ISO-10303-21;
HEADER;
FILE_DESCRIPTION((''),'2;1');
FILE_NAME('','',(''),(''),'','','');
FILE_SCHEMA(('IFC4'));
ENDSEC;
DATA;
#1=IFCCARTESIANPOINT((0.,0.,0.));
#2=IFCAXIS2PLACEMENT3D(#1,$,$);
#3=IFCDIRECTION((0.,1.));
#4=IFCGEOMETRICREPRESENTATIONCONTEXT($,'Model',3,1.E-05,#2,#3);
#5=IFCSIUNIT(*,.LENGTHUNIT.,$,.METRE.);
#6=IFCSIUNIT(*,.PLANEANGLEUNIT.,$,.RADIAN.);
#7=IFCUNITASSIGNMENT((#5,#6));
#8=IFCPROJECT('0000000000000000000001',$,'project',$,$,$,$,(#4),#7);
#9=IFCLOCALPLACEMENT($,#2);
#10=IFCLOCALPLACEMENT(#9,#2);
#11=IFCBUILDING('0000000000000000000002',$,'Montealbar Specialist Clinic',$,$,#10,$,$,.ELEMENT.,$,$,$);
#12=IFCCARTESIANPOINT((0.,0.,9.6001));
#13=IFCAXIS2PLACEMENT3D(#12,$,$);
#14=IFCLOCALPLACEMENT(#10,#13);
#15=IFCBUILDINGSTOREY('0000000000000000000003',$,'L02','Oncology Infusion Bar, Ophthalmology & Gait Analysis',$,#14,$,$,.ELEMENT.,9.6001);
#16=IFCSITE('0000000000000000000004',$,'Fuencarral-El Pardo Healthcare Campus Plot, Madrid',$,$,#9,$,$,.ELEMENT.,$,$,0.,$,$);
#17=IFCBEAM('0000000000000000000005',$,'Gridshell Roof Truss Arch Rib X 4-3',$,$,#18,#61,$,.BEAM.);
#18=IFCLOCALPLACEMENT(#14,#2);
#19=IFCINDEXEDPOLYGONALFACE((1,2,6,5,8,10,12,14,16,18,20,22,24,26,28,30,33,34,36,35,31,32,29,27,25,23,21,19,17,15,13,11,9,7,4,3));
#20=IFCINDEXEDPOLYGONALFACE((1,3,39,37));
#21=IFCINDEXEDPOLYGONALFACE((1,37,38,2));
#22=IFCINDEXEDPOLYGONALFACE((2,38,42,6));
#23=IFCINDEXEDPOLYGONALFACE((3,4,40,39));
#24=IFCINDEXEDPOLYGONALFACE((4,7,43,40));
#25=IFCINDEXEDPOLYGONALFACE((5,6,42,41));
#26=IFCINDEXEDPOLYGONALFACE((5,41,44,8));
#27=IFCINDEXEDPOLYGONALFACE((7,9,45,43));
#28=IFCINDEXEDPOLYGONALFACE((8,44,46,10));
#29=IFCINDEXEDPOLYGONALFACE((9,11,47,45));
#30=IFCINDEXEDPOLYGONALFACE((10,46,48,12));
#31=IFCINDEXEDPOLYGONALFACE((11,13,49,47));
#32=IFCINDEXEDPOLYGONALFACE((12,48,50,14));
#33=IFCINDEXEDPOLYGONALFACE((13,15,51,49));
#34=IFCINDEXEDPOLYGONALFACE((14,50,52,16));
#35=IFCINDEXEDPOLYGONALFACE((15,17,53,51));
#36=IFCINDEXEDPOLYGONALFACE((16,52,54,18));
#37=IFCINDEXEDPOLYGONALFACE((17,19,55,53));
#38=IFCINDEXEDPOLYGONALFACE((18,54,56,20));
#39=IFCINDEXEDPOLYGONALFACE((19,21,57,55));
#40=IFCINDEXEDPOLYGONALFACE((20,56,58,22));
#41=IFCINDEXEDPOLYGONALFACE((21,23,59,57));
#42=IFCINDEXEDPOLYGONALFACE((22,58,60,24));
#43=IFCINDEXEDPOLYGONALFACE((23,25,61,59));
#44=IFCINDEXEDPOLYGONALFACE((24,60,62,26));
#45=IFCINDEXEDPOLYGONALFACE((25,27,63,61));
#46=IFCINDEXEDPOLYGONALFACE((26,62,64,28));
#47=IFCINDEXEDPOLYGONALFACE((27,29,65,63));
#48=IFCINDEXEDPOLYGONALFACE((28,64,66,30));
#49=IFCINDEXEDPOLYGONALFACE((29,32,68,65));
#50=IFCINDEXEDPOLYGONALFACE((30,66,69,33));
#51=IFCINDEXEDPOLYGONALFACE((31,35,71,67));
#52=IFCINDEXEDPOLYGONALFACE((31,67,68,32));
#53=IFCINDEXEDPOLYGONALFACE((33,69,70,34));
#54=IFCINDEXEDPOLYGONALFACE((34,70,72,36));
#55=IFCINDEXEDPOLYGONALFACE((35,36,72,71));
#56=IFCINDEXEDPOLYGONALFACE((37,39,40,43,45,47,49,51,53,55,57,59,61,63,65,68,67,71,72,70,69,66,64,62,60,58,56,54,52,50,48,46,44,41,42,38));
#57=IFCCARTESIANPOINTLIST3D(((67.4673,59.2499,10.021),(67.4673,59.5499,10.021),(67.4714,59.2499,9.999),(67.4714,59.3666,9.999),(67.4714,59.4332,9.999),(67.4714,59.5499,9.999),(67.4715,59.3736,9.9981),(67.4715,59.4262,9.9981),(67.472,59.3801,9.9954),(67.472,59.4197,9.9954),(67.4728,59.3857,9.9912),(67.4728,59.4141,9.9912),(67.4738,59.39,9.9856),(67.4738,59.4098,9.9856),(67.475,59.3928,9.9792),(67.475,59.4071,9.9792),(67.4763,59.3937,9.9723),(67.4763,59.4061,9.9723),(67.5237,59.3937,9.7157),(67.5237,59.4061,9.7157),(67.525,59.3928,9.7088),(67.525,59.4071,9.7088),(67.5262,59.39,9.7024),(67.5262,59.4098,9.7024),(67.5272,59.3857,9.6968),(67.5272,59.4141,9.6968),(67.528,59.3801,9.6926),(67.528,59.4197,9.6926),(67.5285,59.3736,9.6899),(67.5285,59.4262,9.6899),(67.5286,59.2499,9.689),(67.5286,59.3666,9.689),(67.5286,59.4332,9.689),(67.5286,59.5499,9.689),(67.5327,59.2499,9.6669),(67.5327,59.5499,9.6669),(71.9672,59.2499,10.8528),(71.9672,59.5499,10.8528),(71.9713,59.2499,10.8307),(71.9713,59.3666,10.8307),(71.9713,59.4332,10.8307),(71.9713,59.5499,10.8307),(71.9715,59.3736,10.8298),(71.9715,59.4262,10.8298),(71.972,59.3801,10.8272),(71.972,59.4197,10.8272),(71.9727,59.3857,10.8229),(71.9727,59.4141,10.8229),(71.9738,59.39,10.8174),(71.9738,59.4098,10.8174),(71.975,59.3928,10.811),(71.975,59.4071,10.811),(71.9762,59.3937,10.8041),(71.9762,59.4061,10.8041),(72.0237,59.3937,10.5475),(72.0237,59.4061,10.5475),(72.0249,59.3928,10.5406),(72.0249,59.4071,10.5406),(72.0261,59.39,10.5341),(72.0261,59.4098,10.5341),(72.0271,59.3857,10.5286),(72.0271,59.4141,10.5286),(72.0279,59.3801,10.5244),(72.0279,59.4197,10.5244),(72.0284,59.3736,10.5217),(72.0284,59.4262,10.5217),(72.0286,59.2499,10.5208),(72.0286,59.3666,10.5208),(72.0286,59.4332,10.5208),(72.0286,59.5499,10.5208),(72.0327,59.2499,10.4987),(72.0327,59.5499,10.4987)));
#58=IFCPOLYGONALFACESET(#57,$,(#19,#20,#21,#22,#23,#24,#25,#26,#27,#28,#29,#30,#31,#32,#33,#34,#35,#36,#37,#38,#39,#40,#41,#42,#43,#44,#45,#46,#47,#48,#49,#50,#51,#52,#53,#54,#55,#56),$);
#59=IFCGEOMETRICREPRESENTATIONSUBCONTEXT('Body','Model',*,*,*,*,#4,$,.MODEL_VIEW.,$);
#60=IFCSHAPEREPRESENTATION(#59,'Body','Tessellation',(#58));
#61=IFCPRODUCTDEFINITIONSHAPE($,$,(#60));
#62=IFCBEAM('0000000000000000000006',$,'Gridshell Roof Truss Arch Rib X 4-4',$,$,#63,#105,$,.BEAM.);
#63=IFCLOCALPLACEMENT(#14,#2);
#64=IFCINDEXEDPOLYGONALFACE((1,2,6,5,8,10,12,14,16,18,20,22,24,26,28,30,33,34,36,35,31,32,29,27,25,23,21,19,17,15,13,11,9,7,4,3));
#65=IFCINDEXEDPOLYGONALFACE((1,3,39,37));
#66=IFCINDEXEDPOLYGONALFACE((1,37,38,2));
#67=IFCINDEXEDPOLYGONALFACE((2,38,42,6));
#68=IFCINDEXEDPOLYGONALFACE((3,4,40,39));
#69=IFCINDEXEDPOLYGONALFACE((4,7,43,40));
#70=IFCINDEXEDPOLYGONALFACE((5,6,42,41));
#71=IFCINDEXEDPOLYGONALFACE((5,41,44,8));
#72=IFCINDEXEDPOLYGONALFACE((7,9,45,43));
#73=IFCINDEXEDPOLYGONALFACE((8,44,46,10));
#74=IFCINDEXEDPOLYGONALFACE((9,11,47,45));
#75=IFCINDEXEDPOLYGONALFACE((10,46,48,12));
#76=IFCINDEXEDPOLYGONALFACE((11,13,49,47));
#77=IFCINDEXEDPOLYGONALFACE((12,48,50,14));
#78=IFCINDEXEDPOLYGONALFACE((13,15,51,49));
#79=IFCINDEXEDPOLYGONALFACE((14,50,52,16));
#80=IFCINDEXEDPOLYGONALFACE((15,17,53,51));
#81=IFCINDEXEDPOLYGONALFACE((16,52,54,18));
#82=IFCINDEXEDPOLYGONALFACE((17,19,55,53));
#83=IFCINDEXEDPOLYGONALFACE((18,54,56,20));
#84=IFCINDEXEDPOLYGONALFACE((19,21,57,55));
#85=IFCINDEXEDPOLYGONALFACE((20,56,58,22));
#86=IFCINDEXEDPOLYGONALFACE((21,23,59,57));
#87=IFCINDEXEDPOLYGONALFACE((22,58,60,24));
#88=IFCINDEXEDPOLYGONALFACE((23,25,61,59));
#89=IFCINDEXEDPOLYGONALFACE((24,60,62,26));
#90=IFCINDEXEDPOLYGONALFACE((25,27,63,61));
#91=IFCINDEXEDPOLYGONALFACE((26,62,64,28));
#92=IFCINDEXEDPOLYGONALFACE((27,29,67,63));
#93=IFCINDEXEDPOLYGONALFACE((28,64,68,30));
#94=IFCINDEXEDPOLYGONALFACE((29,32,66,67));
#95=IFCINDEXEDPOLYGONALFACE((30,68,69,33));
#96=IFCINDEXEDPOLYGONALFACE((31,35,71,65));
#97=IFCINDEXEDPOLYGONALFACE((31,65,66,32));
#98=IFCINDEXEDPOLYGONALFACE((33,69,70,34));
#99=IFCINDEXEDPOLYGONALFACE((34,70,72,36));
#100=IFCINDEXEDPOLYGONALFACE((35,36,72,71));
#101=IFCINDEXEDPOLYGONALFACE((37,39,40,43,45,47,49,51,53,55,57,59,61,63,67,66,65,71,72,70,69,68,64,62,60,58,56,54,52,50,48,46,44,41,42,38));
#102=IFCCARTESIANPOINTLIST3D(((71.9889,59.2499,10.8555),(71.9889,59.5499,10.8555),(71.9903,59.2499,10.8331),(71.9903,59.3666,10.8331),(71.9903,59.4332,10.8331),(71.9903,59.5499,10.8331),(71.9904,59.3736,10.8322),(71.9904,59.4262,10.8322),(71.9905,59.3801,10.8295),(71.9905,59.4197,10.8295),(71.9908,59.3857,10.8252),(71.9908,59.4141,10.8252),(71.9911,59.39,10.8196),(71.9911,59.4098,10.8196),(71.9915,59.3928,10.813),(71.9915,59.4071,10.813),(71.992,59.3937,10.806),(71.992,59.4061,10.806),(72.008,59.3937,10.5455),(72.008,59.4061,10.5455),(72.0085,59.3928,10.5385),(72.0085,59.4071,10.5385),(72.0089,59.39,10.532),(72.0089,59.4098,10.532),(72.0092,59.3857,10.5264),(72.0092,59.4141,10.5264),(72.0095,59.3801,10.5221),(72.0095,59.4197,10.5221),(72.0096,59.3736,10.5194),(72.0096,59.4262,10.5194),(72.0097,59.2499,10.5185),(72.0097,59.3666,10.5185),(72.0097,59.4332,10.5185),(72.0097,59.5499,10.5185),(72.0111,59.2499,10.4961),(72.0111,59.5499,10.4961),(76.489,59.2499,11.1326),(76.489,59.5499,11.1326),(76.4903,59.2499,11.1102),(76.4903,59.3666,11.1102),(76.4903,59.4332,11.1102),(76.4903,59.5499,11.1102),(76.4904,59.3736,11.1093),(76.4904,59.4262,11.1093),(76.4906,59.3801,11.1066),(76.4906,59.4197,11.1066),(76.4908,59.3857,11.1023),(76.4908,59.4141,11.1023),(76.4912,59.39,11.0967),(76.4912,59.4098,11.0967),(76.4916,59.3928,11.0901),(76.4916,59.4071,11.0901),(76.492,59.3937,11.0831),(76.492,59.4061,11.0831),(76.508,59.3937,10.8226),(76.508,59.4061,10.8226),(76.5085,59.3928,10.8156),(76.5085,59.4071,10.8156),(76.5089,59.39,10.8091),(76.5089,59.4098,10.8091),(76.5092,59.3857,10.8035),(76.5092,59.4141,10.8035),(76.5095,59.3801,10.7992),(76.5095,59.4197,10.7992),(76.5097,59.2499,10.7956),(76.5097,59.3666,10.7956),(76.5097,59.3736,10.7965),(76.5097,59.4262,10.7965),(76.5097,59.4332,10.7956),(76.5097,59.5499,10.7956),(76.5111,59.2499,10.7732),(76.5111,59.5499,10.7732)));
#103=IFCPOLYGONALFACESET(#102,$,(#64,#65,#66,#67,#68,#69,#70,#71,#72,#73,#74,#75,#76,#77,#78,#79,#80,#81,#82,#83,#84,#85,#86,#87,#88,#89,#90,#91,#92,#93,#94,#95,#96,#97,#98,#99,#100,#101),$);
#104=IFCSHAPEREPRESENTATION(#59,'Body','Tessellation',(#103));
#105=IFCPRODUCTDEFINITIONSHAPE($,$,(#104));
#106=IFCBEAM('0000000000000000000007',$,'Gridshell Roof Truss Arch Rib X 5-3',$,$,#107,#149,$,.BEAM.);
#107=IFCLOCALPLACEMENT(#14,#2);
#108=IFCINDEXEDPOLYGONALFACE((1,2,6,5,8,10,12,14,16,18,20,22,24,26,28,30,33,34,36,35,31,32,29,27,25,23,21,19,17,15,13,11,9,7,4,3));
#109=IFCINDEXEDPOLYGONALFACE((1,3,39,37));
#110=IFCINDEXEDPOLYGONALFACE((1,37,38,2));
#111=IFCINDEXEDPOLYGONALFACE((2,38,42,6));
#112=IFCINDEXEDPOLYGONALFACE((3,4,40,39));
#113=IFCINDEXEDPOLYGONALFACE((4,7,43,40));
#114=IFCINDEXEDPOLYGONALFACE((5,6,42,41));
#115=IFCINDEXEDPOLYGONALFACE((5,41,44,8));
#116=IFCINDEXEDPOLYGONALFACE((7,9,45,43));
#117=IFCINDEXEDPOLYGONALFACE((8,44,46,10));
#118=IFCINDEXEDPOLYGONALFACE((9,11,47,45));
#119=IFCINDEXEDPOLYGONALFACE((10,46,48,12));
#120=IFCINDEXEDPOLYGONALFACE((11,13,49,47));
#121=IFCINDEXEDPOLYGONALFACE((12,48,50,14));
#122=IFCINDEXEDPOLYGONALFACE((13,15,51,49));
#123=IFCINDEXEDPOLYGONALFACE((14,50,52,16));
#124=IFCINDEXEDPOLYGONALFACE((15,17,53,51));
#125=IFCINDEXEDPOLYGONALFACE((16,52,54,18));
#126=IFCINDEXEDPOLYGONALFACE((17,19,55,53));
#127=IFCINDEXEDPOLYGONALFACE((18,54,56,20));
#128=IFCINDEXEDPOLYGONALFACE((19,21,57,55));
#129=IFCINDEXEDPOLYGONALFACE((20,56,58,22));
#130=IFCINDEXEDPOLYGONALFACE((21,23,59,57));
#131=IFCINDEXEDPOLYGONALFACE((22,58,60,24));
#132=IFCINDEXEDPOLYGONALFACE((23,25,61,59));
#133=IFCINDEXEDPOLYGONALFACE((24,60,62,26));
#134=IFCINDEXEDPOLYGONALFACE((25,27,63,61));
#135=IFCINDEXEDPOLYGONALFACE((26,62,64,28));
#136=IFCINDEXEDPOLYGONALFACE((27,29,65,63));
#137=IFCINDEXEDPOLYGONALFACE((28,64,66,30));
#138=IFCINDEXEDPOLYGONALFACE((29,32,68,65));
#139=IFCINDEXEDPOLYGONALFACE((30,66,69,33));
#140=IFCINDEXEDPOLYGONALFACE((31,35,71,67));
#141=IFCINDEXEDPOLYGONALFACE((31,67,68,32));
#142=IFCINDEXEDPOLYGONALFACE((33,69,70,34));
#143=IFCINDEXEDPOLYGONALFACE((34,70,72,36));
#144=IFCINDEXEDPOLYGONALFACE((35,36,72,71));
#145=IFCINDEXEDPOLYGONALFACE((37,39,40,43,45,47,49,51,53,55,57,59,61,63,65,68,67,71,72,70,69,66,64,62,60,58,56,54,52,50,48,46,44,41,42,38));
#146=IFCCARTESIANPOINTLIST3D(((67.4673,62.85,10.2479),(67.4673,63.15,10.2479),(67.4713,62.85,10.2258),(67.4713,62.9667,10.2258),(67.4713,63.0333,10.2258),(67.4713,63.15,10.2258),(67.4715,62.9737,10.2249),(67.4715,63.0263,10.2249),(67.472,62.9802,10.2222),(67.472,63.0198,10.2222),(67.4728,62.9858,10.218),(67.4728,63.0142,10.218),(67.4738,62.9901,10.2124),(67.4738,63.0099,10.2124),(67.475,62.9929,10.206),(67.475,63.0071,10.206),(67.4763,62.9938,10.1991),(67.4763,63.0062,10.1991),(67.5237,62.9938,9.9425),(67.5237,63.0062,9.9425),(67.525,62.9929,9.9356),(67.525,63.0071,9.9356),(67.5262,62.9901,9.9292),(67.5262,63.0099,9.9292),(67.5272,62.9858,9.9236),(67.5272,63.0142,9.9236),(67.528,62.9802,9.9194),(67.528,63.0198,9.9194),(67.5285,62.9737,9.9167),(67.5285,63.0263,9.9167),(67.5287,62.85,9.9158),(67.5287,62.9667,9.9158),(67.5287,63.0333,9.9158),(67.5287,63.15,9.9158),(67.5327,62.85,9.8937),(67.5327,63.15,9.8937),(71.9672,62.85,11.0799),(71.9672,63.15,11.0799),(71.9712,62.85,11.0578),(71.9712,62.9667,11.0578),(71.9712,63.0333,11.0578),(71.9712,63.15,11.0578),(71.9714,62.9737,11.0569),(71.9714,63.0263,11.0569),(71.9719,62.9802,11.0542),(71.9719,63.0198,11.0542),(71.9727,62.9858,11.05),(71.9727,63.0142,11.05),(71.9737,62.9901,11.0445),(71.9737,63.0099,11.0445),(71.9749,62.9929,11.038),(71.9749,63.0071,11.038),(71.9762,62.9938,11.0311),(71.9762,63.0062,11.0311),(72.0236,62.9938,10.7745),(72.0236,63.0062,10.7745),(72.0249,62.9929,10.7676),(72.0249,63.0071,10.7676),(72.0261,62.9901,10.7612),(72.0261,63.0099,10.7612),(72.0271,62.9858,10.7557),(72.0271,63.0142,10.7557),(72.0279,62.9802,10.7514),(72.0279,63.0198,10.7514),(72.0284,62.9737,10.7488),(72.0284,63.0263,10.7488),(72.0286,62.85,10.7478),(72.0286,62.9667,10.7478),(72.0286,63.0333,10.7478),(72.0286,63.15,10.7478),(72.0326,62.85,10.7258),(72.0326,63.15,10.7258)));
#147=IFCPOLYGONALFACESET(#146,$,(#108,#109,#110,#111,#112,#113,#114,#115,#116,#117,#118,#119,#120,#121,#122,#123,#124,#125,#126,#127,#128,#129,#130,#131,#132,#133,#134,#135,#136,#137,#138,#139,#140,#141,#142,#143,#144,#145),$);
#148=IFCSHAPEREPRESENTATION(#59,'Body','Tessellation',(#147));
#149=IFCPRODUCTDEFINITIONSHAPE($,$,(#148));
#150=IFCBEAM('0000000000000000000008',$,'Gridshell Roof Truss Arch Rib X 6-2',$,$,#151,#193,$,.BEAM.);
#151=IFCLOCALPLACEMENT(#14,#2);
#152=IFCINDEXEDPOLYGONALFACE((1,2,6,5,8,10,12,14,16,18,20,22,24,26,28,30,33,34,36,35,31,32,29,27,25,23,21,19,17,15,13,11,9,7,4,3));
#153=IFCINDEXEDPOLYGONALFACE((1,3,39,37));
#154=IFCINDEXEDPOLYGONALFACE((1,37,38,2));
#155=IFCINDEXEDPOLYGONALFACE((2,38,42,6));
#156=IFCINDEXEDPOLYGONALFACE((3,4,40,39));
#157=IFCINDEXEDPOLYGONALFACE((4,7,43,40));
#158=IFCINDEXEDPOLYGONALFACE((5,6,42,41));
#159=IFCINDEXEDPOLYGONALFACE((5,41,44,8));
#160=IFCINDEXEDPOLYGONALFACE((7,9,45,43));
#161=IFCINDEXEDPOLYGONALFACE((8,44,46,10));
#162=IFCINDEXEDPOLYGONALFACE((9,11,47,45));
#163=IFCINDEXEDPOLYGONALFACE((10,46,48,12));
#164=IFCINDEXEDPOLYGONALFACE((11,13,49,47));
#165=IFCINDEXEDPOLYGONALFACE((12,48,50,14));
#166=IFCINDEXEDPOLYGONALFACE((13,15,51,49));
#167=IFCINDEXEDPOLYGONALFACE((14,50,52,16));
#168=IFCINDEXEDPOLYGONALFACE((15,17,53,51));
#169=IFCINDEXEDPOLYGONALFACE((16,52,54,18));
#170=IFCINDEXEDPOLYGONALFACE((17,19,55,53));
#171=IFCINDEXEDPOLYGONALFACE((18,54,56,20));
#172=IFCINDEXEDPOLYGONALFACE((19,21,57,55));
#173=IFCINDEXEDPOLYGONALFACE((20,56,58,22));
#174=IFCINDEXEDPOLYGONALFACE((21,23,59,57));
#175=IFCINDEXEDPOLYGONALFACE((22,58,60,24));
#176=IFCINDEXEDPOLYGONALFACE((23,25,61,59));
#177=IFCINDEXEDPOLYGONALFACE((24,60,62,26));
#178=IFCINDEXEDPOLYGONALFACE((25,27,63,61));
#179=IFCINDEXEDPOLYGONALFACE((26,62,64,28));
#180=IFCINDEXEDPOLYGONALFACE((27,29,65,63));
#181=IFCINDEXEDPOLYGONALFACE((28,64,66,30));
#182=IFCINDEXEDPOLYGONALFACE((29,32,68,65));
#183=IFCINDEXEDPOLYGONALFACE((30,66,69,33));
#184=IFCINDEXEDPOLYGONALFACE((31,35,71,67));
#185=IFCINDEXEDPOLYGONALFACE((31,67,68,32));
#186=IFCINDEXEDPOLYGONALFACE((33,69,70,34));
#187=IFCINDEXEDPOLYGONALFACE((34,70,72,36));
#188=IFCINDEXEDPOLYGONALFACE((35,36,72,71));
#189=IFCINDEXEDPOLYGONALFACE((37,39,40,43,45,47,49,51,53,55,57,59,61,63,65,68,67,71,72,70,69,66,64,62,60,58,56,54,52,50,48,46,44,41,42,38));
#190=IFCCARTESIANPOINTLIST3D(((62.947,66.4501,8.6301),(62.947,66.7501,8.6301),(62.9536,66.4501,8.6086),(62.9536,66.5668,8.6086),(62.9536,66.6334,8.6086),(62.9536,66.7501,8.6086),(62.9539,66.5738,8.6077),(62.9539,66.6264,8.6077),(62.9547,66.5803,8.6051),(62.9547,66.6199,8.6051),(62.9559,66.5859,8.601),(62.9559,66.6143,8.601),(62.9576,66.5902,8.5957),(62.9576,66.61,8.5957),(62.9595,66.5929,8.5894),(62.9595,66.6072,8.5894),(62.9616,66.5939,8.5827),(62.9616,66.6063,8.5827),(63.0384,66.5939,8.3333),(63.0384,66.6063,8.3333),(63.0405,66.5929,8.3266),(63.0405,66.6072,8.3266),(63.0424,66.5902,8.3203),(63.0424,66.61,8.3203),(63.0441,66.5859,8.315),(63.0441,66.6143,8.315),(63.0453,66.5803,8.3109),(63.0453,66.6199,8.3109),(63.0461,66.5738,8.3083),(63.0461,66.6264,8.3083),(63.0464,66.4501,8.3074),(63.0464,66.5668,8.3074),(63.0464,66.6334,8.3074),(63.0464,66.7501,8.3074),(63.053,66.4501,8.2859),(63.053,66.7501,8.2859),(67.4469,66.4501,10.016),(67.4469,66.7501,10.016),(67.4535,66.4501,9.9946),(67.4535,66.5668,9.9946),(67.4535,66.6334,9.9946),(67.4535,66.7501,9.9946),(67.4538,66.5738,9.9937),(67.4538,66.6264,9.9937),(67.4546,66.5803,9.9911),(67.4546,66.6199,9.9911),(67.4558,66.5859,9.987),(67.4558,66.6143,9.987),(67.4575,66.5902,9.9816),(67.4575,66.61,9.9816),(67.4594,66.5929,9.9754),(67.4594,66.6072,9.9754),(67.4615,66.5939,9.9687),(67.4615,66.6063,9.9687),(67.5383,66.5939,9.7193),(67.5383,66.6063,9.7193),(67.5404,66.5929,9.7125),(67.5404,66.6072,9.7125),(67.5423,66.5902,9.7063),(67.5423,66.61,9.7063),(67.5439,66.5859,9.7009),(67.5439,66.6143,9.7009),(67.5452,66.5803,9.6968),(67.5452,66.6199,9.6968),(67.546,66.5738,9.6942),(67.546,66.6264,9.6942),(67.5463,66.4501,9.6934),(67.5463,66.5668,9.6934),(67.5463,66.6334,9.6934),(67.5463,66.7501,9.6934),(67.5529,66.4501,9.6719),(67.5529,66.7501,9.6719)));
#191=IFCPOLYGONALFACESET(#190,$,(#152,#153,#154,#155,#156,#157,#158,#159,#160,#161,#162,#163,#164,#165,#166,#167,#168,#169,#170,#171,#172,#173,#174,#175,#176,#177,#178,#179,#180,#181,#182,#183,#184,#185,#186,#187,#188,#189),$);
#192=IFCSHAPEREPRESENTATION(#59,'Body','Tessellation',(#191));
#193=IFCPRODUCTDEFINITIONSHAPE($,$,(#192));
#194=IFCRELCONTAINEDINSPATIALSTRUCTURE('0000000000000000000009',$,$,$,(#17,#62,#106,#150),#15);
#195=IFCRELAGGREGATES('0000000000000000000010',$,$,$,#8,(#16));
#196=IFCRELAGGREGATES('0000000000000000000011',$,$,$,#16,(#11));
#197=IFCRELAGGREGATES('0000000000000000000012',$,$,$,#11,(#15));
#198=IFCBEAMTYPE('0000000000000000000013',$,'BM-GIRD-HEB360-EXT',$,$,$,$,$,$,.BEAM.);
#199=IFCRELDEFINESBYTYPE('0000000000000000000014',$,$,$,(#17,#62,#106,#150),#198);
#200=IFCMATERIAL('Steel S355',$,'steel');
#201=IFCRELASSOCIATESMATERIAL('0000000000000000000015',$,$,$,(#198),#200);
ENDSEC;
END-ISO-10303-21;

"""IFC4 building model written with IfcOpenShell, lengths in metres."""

from ifc_helpers import new_model, si_unit, direction, frame, origin, origin_2d, place, context, subcontext, project, spatial, i_section, extrude, material, material_profile, profile_set, type_object, element, save


model = new_model("IFC4")

# Units and contexts
model_context = context("Model", 3, precision=1e-05, world=origin(), true_north=direction((0.0, 1.0)))
body_context = subcontext(model_context, "Body", "Model", "MODEL_VIEW")
ifc_project = project(units=[si_unit("LENGTHUNIT", "METRE"), si_unit("PLANEANGLEUNIT", "RADIAN")], contexts=[model_context])

# Site, building, storey
site_placement = place(None, origin())
site = spatial("IfcSite", under=ifc_project, at=site_placement, Name="Fuencarral-El Pardo Healthcare Campus Plot, Madrid", CompositionType="ELEMENT", RefElevation=0.0)
building_placement = place(site_placement, origin())
building = spatial("IfcBuilding", under=site, at=building_placement, Name="Montealbar Specialist Clinic", CompositionType="ELEMENT")
storey_placement = place(building_placement, frame((0.0, 0.0, 9.6001)))
storey = spatial("IfcBuildingStorey", under=building, at=storey_placement, Name="L02", Description="Oncology Infusion Bar, Ophthalmology & Gait Analysis", CompositionType="ELEMENT", Elevation=9.6001)

# Beams
ifc_material_1 = material(Name="Steel S355", Category="steel")
ifc_material_profile_1 = material_profile(ifc_material_1, i_section(OverallWidth=0.3, OverallDepth=0.3601, WebThickness=0.0125, FlangeThickness=0.0225, FilletRadius=0.0271, at=origin_2d()), Name="HEB 360", Category="steel")
ifc_profile_set_1 = profile_set([ifc_material_profile_1], Name="Steel S355")
beam_type_1 = type_object("IfcBeamType", Name="BM-GIRD-HEB360-EXT", PredefinedType="BEAM", material=ifc_profile_set_1)
beam_1_placement = place(storey_placement, frame((67.5, 59.3999, 9.844), z_axis=(0.983342, 0.0, 0.181763), x_axis=(0.0, 1.0, 0.0)))
element("IfcBeam", 1, at=beam_1_placement, inside=storey, type_object=beam_type_1, Name="Gridshell Roof Truss Arch Rib X 4-3", PredefinedType="BEAM", context=body_context, shape_type="SweptSolid", body=[
    extrude(i_section(OverallWidth=0.3, OverallDepth=0.3601, WebThickness=0.0125, FlangeThickness=0.0225, FilletRadius=0.0271, at=origin_2d()), origin(), (0.0, 0.0, 1.0), 4.5762),
])
beam_2_placement = place(storey_placement, frame((72.0, 59.3999, 10.6758), z_axis=(0.998109, 0.0, 0.061461), x_axis=(0.0, 1.0, 0.0)))
element("IfcBeam", 2, at=beam_2_placement, inside=storey, type_object=beam_type_1, Name="Gridshell Roof Truss Arch Rib X 4-4", PredefinedType="BEAM", context=body_context, shape_type="SweptSolid", body=[
    extrude(i_section(OverallWidth=0.3, OverallDepth=0.3601, WebThickness=0.0125, FlangeThickness=0.0225, FilletRadius=0.0271, at=origin_2d()), origin(), (0.0, 0.0, 1.0), 4.5085),
])
beam_3_placement = place(storey_placement, frame((67.5, 63.0, 10.0708), z_axis=(0.983333, 0.0, 0.181814), x_axis=(0.0, 1.0, 0.0)))
element("IfcBeam", 3, at=beam_3_placement, inside=storey, type_object=beam_type_1, Name="Gridshell Roof Truss Arch Rib X 5-3", PredefinedType="BEAM", context=body_context, shape_type="SweptSolid", body=[
    extrude(i_section(OverallWidth=0.3, OverallDepth=0.3601, WebThickness=0.0125, FlangeThickness=0.0225, FilletRadius=0.0271, at=origin_2d()), origin(), (0.0, 0.0, 1.0), 4.5762),
])
beam_4_placement = place(storey_placement, frame((63.0, 66.6001, 8.458), z_axis=(0.955697, 0.0, 0.294352), x_axis=(0.0, 1.0, 0.0)))
element("IfcBeam", 4, at=beam_4_placement, inside=storey, type_object=beam_type_1, Name="Gridshell Roof Truss Arch Rib X 6-2", PredefinedType="BEAM", context=body_context, shape_type="SweptSolid", body=[
    extrude(i_section(OverallWidth=0.3, OverallDepth=0.3601, WebThickness=0.0125, FlangeThickness=0.0225, FilletRadius=0.0271, at=origin_2d()), origin(), (0.0, 0.0, 1.0), 4.7085),
])

save(model, "model.ifc")
